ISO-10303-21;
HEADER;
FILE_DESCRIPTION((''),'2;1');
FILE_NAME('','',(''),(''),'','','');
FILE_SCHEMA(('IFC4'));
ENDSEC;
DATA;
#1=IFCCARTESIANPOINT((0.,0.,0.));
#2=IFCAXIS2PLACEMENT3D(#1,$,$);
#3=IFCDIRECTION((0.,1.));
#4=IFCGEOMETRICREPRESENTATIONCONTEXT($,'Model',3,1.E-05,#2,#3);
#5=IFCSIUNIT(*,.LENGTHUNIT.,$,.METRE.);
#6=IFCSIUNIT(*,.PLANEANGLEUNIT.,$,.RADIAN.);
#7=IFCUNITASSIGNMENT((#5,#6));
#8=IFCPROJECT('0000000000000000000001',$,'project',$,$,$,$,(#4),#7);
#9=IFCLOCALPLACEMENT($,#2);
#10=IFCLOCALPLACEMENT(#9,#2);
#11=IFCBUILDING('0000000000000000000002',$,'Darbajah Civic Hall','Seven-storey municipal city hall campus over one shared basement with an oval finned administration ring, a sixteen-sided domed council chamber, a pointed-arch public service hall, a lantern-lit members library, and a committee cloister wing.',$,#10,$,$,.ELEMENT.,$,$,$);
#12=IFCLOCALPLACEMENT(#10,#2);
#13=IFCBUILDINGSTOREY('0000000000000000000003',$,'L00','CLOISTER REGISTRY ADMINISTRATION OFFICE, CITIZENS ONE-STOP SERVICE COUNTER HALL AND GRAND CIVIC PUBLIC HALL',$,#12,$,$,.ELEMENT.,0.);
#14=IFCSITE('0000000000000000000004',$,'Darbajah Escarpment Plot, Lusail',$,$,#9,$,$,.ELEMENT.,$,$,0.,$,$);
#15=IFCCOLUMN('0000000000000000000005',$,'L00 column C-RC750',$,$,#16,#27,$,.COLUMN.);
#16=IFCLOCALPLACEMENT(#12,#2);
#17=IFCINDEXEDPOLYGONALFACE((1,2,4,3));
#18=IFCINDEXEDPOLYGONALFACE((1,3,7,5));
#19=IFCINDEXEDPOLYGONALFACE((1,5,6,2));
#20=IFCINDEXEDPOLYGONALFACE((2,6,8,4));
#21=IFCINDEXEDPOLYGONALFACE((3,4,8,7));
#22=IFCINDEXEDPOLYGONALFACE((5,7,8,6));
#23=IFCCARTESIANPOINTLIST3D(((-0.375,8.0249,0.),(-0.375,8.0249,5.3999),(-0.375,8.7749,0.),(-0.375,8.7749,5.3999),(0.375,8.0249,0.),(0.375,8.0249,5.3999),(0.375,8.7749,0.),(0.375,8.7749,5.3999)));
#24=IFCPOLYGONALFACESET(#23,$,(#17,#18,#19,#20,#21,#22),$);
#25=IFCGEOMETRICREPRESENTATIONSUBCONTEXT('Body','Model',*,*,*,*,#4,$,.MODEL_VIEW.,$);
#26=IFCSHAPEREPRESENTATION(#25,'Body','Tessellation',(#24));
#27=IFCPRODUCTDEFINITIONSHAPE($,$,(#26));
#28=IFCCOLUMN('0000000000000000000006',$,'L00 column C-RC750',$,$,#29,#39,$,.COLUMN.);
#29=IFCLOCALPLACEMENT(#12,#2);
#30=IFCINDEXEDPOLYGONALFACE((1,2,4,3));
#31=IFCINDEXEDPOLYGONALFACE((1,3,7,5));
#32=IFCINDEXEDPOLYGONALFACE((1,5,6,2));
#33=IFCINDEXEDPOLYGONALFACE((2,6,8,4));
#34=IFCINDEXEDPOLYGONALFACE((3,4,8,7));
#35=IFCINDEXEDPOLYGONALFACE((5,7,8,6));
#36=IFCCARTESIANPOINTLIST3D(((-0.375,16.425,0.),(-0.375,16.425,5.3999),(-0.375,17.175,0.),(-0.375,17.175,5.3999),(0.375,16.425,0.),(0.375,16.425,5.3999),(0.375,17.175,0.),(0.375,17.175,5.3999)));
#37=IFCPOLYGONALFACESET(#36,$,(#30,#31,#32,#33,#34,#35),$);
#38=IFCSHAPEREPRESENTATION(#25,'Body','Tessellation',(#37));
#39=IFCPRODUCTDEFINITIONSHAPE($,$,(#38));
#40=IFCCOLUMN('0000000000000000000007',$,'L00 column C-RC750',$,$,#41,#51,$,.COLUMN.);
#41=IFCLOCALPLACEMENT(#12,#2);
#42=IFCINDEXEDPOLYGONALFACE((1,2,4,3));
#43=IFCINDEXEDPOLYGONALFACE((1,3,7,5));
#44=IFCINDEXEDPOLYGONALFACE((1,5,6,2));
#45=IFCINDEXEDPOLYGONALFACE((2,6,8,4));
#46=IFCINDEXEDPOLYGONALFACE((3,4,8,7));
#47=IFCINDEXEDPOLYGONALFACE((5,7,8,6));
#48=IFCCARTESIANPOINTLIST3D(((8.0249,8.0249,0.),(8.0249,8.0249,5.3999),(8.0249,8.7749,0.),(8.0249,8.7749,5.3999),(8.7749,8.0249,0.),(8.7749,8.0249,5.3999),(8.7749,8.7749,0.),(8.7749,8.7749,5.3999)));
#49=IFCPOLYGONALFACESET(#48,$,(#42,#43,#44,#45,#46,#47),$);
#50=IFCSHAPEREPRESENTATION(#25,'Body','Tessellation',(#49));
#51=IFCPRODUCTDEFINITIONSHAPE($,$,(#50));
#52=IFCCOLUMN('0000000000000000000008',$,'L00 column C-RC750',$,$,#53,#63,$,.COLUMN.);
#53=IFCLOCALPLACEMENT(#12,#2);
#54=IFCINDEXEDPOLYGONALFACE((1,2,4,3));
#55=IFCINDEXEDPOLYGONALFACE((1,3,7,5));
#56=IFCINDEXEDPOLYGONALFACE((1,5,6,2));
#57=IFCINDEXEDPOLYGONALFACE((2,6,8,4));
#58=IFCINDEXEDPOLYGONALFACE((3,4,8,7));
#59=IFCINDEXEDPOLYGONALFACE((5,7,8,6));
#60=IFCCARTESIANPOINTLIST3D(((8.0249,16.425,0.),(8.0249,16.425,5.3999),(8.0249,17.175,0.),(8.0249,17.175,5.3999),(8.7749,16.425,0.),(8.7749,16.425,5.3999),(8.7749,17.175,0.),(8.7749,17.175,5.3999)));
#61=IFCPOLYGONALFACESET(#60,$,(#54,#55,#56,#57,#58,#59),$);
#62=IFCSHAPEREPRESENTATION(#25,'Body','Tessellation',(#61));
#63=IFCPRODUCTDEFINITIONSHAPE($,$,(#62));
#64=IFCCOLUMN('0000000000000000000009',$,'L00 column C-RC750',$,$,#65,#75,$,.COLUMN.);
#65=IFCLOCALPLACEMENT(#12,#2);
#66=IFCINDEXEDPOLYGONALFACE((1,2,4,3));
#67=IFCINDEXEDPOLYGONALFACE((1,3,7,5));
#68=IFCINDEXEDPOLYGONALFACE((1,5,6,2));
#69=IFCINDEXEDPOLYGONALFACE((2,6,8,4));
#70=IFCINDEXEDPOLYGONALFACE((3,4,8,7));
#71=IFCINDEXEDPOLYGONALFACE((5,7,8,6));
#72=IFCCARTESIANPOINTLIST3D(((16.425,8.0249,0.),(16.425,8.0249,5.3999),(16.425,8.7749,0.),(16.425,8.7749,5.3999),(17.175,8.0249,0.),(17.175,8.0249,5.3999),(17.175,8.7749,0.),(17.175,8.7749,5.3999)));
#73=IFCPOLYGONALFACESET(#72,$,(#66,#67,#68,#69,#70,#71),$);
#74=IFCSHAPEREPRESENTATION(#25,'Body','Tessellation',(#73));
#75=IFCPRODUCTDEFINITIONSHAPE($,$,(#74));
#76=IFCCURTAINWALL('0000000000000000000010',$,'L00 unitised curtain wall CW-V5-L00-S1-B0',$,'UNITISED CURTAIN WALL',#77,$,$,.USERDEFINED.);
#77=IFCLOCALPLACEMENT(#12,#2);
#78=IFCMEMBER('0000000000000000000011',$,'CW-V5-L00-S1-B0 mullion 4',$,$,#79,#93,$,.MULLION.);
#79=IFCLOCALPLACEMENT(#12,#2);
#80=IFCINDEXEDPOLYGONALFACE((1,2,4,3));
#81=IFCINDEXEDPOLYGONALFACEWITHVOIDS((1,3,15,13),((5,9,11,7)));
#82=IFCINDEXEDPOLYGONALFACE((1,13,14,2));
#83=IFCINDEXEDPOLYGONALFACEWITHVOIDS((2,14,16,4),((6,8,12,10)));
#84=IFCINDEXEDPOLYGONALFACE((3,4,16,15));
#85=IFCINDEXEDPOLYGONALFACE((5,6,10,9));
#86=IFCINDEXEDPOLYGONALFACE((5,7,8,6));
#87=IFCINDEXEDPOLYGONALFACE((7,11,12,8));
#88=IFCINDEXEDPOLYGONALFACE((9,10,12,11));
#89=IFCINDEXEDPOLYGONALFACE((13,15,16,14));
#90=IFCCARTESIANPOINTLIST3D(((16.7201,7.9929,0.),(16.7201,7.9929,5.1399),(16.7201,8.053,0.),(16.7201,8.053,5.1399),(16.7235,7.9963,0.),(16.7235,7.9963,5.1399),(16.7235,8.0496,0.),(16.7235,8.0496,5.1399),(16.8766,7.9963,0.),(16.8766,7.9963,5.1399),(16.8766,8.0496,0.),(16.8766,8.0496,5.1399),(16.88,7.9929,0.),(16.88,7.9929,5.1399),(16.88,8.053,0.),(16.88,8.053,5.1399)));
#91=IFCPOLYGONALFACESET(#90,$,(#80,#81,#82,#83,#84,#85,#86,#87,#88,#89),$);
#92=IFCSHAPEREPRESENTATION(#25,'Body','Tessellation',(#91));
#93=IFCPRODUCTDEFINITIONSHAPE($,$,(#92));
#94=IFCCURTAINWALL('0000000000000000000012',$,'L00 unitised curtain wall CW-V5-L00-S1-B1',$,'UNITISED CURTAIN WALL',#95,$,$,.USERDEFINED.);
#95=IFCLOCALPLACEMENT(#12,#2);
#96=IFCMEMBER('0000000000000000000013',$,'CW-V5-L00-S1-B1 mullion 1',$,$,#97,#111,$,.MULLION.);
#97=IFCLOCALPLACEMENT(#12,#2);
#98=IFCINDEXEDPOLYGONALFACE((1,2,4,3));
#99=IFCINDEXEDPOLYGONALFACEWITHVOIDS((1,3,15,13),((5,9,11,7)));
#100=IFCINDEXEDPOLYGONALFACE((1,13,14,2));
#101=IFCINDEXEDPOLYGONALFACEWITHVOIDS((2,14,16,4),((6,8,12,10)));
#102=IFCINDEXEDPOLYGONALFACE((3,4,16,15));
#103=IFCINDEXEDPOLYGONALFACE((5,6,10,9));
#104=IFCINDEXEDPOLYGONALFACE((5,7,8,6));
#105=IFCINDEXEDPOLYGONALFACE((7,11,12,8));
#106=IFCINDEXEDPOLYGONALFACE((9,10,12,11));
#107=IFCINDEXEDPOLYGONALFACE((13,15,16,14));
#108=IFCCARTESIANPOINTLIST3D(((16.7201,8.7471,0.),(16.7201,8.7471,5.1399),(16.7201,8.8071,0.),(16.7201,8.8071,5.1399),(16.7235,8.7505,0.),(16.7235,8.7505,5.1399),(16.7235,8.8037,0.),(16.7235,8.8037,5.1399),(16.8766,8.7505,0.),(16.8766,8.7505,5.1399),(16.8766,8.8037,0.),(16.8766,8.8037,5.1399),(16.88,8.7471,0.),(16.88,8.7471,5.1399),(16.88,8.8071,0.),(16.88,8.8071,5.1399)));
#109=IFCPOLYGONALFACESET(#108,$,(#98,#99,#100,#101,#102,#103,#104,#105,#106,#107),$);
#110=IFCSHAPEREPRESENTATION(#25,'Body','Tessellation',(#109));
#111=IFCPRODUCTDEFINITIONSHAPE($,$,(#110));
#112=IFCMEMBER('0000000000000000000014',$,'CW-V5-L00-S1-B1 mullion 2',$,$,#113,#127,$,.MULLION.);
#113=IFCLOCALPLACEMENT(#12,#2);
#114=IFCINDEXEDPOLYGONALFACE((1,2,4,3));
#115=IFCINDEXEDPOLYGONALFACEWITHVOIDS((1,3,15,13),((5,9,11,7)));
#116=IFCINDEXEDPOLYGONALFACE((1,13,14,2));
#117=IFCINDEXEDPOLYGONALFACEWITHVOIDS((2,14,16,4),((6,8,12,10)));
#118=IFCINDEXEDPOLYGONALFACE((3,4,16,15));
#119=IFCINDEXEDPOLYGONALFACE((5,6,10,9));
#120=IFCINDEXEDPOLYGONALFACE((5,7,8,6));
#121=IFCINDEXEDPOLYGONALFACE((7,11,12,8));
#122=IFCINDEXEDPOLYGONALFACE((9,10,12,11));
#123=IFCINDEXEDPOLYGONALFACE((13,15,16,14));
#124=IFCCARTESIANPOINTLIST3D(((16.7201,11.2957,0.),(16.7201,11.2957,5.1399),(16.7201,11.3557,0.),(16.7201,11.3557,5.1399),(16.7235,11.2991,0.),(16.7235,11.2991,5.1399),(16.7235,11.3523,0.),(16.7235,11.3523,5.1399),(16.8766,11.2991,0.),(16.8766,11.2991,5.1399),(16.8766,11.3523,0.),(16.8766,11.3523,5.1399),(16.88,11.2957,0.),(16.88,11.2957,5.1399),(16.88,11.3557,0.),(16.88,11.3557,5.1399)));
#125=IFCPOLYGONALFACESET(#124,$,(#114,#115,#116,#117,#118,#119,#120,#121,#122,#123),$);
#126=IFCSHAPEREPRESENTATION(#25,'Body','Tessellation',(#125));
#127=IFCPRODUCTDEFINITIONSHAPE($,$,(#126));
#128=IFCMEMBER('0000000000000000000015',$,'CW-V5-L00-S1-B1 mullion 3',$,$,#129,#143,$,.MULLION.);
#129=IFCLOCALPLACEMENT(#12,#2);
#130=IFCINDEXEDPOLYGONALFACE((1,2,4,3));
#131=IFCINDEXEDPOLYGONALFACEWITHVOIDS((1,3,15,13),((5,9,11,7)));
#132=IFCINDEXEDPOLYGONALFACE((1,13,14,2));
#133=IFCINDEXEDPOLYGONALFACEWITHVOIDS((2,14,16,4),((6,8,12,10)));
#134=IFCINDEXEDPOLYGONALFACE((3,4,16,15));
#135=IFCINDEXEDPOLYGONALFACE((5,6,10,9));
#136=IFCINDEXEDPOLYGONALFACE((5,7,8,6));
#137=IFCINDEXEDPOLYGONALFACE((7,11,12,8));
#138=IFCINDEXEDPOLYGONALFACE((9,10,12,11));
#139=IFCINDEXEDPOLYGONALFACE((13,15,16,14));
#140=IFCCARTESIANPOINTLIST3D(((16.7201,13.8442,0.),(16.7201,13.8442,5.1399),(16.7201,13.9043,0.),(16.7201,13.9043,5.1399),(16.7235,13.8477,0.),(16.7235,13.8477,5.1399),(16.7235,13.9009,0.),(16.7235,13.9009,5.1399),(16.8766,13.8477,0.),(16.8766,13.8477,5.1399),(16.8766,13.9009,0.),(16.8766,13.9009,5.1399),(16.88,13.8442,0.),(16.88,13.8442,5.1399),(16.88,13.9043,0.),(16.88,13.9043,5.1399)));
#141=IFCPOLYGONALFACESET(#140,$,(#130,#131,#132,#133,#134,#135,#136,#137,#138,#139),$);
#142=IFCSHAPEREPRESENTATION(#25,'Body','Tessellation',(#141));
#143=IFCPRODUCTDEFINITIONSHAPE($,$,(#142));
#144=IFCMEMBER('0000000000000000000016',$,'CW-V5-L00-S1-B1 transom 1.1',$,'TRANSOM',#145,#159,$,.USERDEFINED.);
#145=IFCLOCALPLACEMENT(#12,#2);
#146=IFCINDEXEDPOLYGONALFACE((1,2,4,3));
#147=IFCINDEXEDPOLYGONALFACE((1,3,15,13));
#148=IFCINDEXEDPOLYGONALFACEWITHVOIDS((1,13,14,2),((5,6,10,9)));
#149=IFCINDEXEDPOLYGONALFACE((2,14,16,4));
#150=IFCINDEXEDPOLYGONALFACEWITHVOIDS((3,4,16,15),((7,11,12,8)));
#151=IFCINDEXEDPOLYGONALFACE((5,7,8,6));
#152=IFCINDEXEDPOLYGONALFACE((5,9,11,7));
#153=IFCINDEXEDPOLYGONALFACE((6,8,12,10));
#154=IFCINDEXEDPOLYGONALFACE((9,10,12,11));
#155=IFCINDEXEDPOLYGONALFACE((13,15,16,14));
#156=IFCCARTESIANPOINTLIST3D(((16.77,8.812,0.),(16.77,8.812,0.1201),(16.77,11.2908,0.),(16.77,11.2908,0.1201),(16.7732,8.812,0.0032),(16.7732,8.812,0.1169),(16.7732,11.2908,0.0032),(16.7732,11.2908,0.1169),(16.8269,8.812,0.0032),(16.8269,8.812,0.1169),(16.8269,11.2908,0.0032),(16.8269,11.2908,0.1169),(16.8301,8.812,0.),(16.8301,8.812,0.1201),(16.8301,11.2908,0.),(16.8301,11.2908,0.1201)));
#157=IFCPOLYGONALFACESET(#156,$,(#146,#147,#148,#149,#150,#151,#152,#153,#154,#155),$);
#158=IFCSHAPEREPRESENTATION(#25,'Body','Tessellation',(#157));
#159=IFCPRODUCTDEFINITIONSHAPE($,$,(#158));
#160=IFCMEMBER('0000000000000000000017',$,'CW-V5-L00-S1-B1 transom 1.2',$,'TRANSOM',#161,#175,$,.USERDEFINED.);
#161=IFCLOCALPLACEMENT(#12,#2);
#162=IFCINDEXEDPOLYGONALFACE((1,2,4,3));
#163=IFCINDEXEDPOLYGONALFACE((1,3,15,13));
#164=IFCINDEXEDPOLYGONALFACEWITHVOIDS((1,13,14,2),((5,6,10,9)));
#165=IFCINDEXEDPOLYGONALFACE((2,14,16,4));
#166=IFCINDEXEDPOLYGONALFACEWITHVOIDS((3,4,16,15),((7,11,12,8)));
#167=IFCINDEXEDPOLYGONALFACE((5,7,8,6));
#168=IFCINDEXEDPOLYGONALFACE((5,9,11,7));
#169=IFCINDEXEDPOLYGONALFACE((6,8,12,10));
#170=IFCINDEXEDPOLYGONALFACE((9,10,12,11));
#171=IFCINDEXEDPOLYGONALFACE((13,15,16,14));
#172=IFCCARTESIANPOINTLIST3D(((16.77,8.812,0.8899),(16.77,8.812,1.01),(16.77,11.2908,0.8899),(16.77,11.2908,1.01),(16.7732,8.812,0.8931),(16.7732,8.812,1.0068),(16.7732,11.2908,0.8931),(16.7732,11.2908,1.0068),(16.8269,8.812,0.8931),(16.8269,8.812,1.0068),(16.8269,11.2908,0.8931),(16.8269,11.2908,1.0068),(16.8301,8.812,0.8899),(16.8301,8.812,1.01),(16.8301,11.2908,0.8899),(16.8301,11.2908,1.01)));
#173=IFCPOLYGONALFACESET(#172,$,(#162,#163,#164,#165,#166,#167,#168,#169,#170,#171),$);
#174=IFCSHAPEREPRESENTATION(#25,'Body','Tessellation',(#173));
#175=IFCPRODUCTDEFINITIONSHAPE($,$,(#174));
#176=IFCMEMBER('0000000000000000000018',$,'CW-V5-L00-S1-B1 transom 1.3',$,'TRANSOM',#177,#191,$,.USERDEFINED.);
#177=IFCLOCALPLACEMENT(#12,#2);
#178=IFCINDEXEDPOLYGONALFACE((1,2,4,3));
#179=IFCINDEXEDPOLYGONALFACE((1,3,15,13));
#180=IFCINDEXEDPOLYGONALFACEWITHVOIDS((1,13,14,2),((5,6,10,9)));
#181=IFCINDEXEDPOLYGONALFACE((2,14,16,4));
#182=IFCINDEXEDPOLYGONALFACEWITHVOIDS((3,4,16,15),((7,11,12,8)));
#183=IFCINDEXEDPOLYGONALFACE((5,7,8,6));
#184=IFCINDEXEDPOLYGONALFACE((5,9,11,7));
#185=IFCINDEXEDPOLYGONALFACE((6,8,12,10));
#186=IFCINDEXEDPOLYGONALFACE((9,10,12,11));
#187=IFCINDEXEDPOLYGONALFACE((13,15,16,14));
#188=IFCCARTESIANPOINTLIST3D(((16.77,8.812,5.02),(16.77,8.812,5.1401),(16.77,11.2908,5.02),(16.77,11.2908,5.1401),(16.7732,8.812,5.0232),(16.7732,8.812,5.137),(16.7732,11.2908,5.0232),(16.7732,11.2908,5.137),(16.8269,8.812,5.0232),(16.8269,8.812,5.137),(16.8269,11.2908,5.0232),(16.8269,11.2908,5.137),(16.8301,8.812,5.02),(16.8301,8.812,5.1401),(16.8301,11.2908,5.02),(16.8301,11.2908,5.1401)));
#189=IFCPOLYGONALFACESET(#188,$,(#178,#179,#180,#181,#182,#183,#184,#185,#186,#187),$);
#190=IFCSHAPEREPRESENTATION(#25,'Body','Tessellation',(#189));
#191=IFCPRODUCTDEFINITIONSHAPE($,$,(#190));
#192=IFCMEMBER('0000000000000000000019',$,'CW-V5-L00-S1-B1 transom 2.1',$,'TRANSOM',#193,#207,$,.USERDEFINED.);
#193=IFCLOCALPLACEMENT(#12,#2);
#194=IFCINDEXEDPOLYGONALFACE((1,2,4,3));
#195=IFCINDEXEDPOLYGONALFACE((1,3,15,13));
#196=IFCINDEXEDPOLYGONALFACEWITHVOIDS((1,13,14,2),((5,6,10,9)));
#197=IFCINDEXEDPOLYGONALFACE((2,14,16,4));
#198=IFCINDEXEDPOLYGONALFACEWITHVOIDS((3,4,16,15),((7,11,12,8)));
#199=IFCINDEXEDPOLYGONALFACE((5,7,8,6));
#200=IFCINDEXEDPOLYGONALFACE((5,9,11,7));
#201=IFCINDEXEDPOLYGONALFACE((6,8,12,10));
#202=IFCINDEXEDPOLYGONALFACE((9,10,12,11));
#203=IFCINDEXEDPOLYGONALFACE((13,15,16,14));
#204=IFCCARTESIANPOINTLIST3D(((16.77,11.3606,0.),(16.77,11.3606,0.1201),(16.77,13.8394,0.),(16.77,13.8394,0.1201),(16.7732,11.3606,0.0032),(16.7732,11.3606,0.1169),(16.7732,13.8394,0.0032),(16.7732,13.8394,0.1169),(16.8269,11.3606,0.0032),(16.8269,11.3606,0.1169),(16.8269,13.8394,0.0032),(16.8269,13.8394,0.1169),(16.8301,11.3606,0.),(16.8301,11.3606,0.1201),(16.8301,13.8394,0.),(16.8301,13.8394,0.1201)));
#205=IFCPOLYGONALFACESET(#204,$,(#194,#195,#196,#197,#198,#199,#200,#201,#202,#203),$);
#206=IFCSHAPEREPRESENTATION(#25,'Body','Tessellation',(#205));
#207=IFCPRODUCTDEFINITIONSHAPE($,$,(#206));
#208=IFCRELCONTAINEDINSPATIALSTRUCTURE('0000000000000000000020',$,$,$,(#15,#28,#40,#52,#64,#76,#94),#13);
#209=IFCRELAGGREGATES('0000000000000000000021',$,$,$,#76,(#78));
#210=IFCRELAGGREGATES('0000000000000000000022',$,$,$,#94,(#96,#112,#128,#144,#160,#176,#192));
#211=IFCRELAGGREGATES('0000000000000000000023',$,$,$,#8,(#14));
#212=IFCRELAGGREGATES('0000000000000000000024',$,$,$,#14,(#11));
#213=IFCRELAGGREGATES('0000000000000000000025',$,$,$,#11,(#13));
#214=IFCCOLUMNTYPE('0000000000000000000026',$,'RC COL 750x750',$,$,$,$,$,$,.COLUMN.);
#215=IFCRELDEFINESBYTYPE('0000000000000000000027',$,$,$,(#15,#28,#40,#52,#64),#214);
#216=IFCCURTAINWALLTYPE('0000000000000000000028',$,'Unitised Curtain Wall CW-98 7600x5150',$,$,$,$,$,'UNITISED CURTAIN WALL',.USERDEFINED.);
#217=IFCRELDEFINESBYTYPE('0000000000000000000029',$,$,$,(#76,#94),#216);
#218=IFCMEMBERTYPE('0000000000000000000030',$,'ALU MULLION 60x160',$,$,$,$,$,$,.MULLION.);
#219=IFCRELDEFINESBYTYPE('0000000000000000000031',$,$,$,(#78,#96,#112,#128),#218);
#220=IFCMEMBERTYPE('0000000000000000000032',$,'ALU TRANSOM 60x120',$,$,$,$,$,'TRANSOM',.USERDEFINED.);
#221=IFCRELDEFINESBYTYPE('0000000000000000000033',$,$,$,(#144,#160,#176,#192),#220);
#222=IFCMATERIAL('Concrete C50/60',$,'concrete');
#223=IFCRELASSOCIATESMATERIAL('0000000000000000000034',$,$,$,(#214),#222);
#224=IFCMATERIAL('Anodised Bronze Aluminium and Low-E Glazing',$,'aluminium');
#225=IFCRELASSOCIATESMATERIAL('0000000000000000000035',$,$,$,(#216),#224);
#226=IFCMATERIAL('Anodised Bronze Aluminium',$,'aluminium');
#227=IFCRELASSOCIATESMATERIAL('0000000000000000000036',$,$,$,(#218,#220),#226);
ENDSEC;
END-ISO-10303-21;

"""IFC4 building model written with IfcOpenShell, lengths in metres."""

from ifc_helpers import new_model, si_unit, direction, frame, origin, origin_2d, place, context, subcontext, project, spatial, rectangle, hollow_rectangle, extrude, material, material_profile, profile_set, type_object, element, aggregate, save


model = new_model("IFC4")

# Units and contexts
model_context = context("Model", 3, precision=1e-05, world=origin(), true_north=direction((0.0, 1.0)))
body_context = subcontext(model_context, "Body", "Model", "MODEL_VIEW")
ifc_project = project(units=[si_unit("LENGTHUNIT", "METRE"), si_unit("PLANEANGLEUNIT", "RADIAN")], contexts=[model_context])

# Site, building, storey
site_placement = place(None, origin())
site = spatial("IfcSite", under=ifc_project, at=site_placement, Name="Darbajah Escarpment Plot, Lusail", CompositionType="ELEMENT", RefElevation=0.0)
building_placement = place(site_placement, origin())
building = spatial("IfcBuilding", under=site, at=building_placement, Name="Darbajah Civic Hall", Description="Seven-storey municipal city hall campus over one shared basement with an oval finned administration ring, a sixteen-sided domed council chamber, a pointed-arch public service hall, a lantern-lit members library, and a committee cloister wing.", CompositionType="ELEMENT")
storey_placement = place(building_placement, origin())
storey = spatial("IfcBuildingStorey", under=building, at=storey_placement, Name="L00", Description="CLOISTER REGISTRY ADMINISTRATION OFFICE, CITIZENS ONE-STOP SERVICE COUNTER HALL AND GRAND CIVIC PUBLIC HALL", CompositionType="ELEMENT", Elevation=0.0)

# Columns
ifc_material_1 = material(Name="Concrete C50/60", Category="concrete")
ifc_material_profile_1 = material_profile(ifc_material_1, rectangle(XDim=0.75, YDim=0.75, at=origin_2d()), Name="RC COL 750x750")
ifc_profile_set_1 = profile_set([ifc_material_profile_1], Name="Concrete C50/60")
column_type = type_object("IfcColumnType", Name="RC COL 750x750", PredefinedType="COLUMN", material=ifc_profile_set_1)
for number, where, z_axis, x_axis, name in (
    (1, (0.0, 8.3999, 0.0), (0.0, 0.0, 1.0), (1.0, 0.0, 0.0), "L00 column C-RC750"),
    (2, (0.0, 16.8, 0.0), (0.0, 0.0, 1.0), (1.0, 0.0, 0.0), "L00 column C-RC750"),
    (3, (8.3999, 8.3999, 0.0), (0.0, 0.0, 1.0), (1.0, 0.0, 0.0), "L00 column C-RC750"),
    (4, (8.3999, 16.8, 0.0), (0.0, 0.0, 1.0), (1.0, 0.0, 0.0), "L00 column C-RC750"),
    (5, (16.8, 8.3999, 0.0), (0.0, 0.0, 1.0), (1.0, 0.0, 0.0), "L00 column C-RC750"),
):
    element("IfcColumn", number, at=place(storey_placement, frame(where, z_axis=z_axis, x_axis=x_axis)), inside=storey, type_object=column_type, Name=name, PredefinedType="COLUMN", context=body_context, shape_type="SweptSolid", body=[
        extrude(rectangle(XDim=0.75, YDim=0.75, at=origin_2d()), origin(), (0.0, 0.0, 1.0), 5.3999),
    ])

# Curtain wall, member
ifc_material_2 = material(Name="Anodised Bronze Aluminium and Low-E Glazing", Category="aluminium")
curtain_wall_type = type_object("IfcCurtainWallType", Name="Unitised Curtain Wall CW-98 7600x5150", ElementType="UNITISED CURTAIN WALL", PredefinedType="USERDEFINED", material=ifc_material_2)
curtain_wall_1_placement = place(storey_placement, origin())
curtain_wall_1 = element("IfcCurtainWall", 6, at=curtain_wall_1_placement, inside=storey, type_object=curtain_wall_type, Name="L00 unitised curtain wall CW-V5-L00-S1-B0", ObjectType="UNITISED CURTAIN WALL", PredefinedType="USERDEFINED")
ifc_material_3 = material(Name="Anodised Bronze Aluminium", Category="aluminium")
ifc_material_profile_2 = material_profile(ifc_material_3, hollow_rectangle(XDim=0.0601, YDim=0.1599, WallThickness=0.0034, at=origin_2d()), Name="ALU MULLION 60x160")
ifc_profile_set_2 = profile_set([ifc_material_profile_2], Name="Anodised Bronze Aluminium")
member_type_1 = type_object("IfcMemberType", Name="ALU MULLION 60x160", PredefinedType="MULLION", material=ifc_profile_set_2)
member_1_placement = place(storey_placement, frame((16.8, 8.0229, 0.0), z_axis=(0.0, 0.0, 1.0), x_axis=(0.0, 1.0, 0.0)))
member_1 = element("IfcMember", 7, at=member_1_placement, type_object=member_type_1, Name="CW-V5-L00-S1-B0 mullion 4", PredefinedType="MULLION", context=body_context, shape_type="SweptSolid", body=[
    extrude(hollow_rectangle(XDim=0.0601, YDim=0.1599, WallThickness=0.0034, at=origin_2d()), origin(), (0.0, 0.0, 1.0), 5.1399),
])
aggregate(curtain_wall_1, [member_1])

# Curtain wall, members
curtain_wall_2_placement = place(storey_placement, origin())
curtain_wall_2 = element("IfcCurtainWall", 8, at=curtain_wall_2_placement, inside=storey, type_object=curtain_wall_type, Name="L00 unitised curtain wall CW-V5-L00-S1-B1", ObjectType="UNITISED CURTAIN WALL", PredefinedType="USERDEFINED")
member_2_placement = place(storey_placement, frame((16.8, 8.7771, 0.0), z_axis=(0.0, 0.0, 1.0), x_axis=(0.0, 1.0, 0.0)))
member_2 = element("IfcMember", 9, at=member_2_placement, type_object=member_type_1, Name="CW-V5-L00-S1-B1 mullion 1", PredefinedType="MULLION", context=body_context, shape_type="SweptSolid", body=[
    extrude(hollow_rectangle(XDim=0.0601, YDim=0.1599, WallThickness=0.0034, at=origin_2d()), origin(), (0.0, 0.0, 1.0), 5.1399),
])
member_3_placement = place(storey_placement, frame((16.8, 11.3257, 0.0), z_axis=(0.0, 0.0, 1.0), x_axis=(0.0, 1.0, 0.0)))
member_3 = element("IfcMember", 10, at=member_3_placement, type_object=member_type_1, Name="CW-V5-L00-S1-B1 mullion 2", PredefinedType="MULLION", context=body_context, shape_type="SweptSolid", body=[
    extrude(hollow_rectangle(XDim=0.0601, YDim=0.1599, WallThickness=0.0034, at=origin_2d()), origin(), (0.0, 0.0, 1.0), 5.1399),
])
member_4_placement = place(storey_placement, frame((16.8, 13.8743, 0.0), z_axis=(0.0, 0.0, 1.0), x_axis=(0.0, 1.0, 0.0)))
member_4 = element("IfcMember", 11, at=member_4_placement, type_object=member_type_1, Name="CW-V5-L00-S1-B1 mullion 3", PredefinedType="MULLION", context=body_context, shape_type="SweptSolid", body=[
    extrude(hollow_rectangle(XDim=0.0601, YDim=0.1599, WallThickness=0.0034, at=origin_2d()), origin(), (0.0, 0.0, 1.0), 5.1399),
])
ifc_material_profile_3 = material_profile(ifc_material_3, hollow_rectangle(XDim=0.0601, YDim=0.1201, WallThickness=0.0032, at=origin_2d()), Name="ALU TRANSOM 60x120")
ifc_profile_set_3 = profile_set([ifc_material_profile_3], Name="Anodised Bronze Aluminium")
member_type_2 = type_object("IfcMemberType", Name="ALU TRANSOM 60x120", ElementType="TRANSOM", PredefinedType="USERDEFINED", material=ifc_profile_set_3)
member_5_placement = place(storey_placement, frame((16.8, 8.812, 0.0601), z_axis=(0.0, 1.0, 0.0), x_axis=(-1.0, 0.0, 0.0)))
member_5 = element("IfcMember", 12, at=member_5_placement, type_object=member_type_2, Name="CW-V5-L00-S1-B1 transom 1.1", ObjectType="TRANSOM", PredefinedType="USERDEFINED", context=body_context, shape_type="SweptSolid", body=[
    extrude(hollow_rectangle(XDim=0.0601, YDim=0.1201, WallThickness=0.0032, at=origin_2d()), origin(), (0.0, 0.0, 1.0), 2.4788),
])
member_6_placement = place(storey_placement, frame((16.8, 8.812, 0.95), z_axis=(0.0, 1.0, 0.0), x_axis=(-1.0, 0.0, 0.0)))
member_6 = element("IfcMember", 13, at=member_6_placement, type_object=member_type_2, Name="CW-V5-L00-S1-B1 transom 1.2", ObjectType="TRANSOM", PredefinedType="USERDEFINED", context=body_context, shape_type="SweptSolid", body=[
    extrude(hollow_rectangle(XDim=0.0601, YDim=0.1201, WallThickness=0.0032, at=origin_2d()), origin(), (0.0, 0.0, 1.0), 2.4788),
])
member_7_placement = place(storey_placement, frame((16.8, 8.812, 5.0801), z_axis=(0.0, 1.0, 0.0), x_axis=(-1.0, 0.0, 0.0)))
member_7 = element("IfcMember", 14, at=member_7_placement, type_object=member_type_2, Name="CW-V5-L00-S1-B1 transom 1.3", ObjectType="TRANSOM", PredefinedType="USERDEFINED", context=body_context, shape_type="SweptSolid", body=[
    extrude(hollow_rectangle(XDim=0.0601, YDim=0.1201, WallThickness=0.0032, at=origin_2d()), origin(), (0.0, 0.0, 1.0), 2.4788),
])
member_8_placement = place(storey_placement, frame((16.8, 11.3606, 0.0601), z_axis=(0.0, 1.0, 0.0), x_axis=(-1.0, 0.0, 0.0)))
member_8 = element("IfcMember", 15, at=member_8_placement, type_object=member_type_2, Name="CW-V5-L00-S1-B1 transom 2.1", ObjectType="TRANSOM", PredefinedType="USERDEFINED", context=body_context, shape_type="SweptSolid", body=[
    extrude(hollow_rectangle(XDim=0.0601, YDim=0.1201, WallThickness=0.0032, at=origin_2d()), origin(), (0.0, 0.0, 1.0), 2.4788),
])

aggregate(curtain_wall_2, [member_2, member_3, member_4, member_5, member_6, member_7, member_8])

save(model, "model.ifc")
